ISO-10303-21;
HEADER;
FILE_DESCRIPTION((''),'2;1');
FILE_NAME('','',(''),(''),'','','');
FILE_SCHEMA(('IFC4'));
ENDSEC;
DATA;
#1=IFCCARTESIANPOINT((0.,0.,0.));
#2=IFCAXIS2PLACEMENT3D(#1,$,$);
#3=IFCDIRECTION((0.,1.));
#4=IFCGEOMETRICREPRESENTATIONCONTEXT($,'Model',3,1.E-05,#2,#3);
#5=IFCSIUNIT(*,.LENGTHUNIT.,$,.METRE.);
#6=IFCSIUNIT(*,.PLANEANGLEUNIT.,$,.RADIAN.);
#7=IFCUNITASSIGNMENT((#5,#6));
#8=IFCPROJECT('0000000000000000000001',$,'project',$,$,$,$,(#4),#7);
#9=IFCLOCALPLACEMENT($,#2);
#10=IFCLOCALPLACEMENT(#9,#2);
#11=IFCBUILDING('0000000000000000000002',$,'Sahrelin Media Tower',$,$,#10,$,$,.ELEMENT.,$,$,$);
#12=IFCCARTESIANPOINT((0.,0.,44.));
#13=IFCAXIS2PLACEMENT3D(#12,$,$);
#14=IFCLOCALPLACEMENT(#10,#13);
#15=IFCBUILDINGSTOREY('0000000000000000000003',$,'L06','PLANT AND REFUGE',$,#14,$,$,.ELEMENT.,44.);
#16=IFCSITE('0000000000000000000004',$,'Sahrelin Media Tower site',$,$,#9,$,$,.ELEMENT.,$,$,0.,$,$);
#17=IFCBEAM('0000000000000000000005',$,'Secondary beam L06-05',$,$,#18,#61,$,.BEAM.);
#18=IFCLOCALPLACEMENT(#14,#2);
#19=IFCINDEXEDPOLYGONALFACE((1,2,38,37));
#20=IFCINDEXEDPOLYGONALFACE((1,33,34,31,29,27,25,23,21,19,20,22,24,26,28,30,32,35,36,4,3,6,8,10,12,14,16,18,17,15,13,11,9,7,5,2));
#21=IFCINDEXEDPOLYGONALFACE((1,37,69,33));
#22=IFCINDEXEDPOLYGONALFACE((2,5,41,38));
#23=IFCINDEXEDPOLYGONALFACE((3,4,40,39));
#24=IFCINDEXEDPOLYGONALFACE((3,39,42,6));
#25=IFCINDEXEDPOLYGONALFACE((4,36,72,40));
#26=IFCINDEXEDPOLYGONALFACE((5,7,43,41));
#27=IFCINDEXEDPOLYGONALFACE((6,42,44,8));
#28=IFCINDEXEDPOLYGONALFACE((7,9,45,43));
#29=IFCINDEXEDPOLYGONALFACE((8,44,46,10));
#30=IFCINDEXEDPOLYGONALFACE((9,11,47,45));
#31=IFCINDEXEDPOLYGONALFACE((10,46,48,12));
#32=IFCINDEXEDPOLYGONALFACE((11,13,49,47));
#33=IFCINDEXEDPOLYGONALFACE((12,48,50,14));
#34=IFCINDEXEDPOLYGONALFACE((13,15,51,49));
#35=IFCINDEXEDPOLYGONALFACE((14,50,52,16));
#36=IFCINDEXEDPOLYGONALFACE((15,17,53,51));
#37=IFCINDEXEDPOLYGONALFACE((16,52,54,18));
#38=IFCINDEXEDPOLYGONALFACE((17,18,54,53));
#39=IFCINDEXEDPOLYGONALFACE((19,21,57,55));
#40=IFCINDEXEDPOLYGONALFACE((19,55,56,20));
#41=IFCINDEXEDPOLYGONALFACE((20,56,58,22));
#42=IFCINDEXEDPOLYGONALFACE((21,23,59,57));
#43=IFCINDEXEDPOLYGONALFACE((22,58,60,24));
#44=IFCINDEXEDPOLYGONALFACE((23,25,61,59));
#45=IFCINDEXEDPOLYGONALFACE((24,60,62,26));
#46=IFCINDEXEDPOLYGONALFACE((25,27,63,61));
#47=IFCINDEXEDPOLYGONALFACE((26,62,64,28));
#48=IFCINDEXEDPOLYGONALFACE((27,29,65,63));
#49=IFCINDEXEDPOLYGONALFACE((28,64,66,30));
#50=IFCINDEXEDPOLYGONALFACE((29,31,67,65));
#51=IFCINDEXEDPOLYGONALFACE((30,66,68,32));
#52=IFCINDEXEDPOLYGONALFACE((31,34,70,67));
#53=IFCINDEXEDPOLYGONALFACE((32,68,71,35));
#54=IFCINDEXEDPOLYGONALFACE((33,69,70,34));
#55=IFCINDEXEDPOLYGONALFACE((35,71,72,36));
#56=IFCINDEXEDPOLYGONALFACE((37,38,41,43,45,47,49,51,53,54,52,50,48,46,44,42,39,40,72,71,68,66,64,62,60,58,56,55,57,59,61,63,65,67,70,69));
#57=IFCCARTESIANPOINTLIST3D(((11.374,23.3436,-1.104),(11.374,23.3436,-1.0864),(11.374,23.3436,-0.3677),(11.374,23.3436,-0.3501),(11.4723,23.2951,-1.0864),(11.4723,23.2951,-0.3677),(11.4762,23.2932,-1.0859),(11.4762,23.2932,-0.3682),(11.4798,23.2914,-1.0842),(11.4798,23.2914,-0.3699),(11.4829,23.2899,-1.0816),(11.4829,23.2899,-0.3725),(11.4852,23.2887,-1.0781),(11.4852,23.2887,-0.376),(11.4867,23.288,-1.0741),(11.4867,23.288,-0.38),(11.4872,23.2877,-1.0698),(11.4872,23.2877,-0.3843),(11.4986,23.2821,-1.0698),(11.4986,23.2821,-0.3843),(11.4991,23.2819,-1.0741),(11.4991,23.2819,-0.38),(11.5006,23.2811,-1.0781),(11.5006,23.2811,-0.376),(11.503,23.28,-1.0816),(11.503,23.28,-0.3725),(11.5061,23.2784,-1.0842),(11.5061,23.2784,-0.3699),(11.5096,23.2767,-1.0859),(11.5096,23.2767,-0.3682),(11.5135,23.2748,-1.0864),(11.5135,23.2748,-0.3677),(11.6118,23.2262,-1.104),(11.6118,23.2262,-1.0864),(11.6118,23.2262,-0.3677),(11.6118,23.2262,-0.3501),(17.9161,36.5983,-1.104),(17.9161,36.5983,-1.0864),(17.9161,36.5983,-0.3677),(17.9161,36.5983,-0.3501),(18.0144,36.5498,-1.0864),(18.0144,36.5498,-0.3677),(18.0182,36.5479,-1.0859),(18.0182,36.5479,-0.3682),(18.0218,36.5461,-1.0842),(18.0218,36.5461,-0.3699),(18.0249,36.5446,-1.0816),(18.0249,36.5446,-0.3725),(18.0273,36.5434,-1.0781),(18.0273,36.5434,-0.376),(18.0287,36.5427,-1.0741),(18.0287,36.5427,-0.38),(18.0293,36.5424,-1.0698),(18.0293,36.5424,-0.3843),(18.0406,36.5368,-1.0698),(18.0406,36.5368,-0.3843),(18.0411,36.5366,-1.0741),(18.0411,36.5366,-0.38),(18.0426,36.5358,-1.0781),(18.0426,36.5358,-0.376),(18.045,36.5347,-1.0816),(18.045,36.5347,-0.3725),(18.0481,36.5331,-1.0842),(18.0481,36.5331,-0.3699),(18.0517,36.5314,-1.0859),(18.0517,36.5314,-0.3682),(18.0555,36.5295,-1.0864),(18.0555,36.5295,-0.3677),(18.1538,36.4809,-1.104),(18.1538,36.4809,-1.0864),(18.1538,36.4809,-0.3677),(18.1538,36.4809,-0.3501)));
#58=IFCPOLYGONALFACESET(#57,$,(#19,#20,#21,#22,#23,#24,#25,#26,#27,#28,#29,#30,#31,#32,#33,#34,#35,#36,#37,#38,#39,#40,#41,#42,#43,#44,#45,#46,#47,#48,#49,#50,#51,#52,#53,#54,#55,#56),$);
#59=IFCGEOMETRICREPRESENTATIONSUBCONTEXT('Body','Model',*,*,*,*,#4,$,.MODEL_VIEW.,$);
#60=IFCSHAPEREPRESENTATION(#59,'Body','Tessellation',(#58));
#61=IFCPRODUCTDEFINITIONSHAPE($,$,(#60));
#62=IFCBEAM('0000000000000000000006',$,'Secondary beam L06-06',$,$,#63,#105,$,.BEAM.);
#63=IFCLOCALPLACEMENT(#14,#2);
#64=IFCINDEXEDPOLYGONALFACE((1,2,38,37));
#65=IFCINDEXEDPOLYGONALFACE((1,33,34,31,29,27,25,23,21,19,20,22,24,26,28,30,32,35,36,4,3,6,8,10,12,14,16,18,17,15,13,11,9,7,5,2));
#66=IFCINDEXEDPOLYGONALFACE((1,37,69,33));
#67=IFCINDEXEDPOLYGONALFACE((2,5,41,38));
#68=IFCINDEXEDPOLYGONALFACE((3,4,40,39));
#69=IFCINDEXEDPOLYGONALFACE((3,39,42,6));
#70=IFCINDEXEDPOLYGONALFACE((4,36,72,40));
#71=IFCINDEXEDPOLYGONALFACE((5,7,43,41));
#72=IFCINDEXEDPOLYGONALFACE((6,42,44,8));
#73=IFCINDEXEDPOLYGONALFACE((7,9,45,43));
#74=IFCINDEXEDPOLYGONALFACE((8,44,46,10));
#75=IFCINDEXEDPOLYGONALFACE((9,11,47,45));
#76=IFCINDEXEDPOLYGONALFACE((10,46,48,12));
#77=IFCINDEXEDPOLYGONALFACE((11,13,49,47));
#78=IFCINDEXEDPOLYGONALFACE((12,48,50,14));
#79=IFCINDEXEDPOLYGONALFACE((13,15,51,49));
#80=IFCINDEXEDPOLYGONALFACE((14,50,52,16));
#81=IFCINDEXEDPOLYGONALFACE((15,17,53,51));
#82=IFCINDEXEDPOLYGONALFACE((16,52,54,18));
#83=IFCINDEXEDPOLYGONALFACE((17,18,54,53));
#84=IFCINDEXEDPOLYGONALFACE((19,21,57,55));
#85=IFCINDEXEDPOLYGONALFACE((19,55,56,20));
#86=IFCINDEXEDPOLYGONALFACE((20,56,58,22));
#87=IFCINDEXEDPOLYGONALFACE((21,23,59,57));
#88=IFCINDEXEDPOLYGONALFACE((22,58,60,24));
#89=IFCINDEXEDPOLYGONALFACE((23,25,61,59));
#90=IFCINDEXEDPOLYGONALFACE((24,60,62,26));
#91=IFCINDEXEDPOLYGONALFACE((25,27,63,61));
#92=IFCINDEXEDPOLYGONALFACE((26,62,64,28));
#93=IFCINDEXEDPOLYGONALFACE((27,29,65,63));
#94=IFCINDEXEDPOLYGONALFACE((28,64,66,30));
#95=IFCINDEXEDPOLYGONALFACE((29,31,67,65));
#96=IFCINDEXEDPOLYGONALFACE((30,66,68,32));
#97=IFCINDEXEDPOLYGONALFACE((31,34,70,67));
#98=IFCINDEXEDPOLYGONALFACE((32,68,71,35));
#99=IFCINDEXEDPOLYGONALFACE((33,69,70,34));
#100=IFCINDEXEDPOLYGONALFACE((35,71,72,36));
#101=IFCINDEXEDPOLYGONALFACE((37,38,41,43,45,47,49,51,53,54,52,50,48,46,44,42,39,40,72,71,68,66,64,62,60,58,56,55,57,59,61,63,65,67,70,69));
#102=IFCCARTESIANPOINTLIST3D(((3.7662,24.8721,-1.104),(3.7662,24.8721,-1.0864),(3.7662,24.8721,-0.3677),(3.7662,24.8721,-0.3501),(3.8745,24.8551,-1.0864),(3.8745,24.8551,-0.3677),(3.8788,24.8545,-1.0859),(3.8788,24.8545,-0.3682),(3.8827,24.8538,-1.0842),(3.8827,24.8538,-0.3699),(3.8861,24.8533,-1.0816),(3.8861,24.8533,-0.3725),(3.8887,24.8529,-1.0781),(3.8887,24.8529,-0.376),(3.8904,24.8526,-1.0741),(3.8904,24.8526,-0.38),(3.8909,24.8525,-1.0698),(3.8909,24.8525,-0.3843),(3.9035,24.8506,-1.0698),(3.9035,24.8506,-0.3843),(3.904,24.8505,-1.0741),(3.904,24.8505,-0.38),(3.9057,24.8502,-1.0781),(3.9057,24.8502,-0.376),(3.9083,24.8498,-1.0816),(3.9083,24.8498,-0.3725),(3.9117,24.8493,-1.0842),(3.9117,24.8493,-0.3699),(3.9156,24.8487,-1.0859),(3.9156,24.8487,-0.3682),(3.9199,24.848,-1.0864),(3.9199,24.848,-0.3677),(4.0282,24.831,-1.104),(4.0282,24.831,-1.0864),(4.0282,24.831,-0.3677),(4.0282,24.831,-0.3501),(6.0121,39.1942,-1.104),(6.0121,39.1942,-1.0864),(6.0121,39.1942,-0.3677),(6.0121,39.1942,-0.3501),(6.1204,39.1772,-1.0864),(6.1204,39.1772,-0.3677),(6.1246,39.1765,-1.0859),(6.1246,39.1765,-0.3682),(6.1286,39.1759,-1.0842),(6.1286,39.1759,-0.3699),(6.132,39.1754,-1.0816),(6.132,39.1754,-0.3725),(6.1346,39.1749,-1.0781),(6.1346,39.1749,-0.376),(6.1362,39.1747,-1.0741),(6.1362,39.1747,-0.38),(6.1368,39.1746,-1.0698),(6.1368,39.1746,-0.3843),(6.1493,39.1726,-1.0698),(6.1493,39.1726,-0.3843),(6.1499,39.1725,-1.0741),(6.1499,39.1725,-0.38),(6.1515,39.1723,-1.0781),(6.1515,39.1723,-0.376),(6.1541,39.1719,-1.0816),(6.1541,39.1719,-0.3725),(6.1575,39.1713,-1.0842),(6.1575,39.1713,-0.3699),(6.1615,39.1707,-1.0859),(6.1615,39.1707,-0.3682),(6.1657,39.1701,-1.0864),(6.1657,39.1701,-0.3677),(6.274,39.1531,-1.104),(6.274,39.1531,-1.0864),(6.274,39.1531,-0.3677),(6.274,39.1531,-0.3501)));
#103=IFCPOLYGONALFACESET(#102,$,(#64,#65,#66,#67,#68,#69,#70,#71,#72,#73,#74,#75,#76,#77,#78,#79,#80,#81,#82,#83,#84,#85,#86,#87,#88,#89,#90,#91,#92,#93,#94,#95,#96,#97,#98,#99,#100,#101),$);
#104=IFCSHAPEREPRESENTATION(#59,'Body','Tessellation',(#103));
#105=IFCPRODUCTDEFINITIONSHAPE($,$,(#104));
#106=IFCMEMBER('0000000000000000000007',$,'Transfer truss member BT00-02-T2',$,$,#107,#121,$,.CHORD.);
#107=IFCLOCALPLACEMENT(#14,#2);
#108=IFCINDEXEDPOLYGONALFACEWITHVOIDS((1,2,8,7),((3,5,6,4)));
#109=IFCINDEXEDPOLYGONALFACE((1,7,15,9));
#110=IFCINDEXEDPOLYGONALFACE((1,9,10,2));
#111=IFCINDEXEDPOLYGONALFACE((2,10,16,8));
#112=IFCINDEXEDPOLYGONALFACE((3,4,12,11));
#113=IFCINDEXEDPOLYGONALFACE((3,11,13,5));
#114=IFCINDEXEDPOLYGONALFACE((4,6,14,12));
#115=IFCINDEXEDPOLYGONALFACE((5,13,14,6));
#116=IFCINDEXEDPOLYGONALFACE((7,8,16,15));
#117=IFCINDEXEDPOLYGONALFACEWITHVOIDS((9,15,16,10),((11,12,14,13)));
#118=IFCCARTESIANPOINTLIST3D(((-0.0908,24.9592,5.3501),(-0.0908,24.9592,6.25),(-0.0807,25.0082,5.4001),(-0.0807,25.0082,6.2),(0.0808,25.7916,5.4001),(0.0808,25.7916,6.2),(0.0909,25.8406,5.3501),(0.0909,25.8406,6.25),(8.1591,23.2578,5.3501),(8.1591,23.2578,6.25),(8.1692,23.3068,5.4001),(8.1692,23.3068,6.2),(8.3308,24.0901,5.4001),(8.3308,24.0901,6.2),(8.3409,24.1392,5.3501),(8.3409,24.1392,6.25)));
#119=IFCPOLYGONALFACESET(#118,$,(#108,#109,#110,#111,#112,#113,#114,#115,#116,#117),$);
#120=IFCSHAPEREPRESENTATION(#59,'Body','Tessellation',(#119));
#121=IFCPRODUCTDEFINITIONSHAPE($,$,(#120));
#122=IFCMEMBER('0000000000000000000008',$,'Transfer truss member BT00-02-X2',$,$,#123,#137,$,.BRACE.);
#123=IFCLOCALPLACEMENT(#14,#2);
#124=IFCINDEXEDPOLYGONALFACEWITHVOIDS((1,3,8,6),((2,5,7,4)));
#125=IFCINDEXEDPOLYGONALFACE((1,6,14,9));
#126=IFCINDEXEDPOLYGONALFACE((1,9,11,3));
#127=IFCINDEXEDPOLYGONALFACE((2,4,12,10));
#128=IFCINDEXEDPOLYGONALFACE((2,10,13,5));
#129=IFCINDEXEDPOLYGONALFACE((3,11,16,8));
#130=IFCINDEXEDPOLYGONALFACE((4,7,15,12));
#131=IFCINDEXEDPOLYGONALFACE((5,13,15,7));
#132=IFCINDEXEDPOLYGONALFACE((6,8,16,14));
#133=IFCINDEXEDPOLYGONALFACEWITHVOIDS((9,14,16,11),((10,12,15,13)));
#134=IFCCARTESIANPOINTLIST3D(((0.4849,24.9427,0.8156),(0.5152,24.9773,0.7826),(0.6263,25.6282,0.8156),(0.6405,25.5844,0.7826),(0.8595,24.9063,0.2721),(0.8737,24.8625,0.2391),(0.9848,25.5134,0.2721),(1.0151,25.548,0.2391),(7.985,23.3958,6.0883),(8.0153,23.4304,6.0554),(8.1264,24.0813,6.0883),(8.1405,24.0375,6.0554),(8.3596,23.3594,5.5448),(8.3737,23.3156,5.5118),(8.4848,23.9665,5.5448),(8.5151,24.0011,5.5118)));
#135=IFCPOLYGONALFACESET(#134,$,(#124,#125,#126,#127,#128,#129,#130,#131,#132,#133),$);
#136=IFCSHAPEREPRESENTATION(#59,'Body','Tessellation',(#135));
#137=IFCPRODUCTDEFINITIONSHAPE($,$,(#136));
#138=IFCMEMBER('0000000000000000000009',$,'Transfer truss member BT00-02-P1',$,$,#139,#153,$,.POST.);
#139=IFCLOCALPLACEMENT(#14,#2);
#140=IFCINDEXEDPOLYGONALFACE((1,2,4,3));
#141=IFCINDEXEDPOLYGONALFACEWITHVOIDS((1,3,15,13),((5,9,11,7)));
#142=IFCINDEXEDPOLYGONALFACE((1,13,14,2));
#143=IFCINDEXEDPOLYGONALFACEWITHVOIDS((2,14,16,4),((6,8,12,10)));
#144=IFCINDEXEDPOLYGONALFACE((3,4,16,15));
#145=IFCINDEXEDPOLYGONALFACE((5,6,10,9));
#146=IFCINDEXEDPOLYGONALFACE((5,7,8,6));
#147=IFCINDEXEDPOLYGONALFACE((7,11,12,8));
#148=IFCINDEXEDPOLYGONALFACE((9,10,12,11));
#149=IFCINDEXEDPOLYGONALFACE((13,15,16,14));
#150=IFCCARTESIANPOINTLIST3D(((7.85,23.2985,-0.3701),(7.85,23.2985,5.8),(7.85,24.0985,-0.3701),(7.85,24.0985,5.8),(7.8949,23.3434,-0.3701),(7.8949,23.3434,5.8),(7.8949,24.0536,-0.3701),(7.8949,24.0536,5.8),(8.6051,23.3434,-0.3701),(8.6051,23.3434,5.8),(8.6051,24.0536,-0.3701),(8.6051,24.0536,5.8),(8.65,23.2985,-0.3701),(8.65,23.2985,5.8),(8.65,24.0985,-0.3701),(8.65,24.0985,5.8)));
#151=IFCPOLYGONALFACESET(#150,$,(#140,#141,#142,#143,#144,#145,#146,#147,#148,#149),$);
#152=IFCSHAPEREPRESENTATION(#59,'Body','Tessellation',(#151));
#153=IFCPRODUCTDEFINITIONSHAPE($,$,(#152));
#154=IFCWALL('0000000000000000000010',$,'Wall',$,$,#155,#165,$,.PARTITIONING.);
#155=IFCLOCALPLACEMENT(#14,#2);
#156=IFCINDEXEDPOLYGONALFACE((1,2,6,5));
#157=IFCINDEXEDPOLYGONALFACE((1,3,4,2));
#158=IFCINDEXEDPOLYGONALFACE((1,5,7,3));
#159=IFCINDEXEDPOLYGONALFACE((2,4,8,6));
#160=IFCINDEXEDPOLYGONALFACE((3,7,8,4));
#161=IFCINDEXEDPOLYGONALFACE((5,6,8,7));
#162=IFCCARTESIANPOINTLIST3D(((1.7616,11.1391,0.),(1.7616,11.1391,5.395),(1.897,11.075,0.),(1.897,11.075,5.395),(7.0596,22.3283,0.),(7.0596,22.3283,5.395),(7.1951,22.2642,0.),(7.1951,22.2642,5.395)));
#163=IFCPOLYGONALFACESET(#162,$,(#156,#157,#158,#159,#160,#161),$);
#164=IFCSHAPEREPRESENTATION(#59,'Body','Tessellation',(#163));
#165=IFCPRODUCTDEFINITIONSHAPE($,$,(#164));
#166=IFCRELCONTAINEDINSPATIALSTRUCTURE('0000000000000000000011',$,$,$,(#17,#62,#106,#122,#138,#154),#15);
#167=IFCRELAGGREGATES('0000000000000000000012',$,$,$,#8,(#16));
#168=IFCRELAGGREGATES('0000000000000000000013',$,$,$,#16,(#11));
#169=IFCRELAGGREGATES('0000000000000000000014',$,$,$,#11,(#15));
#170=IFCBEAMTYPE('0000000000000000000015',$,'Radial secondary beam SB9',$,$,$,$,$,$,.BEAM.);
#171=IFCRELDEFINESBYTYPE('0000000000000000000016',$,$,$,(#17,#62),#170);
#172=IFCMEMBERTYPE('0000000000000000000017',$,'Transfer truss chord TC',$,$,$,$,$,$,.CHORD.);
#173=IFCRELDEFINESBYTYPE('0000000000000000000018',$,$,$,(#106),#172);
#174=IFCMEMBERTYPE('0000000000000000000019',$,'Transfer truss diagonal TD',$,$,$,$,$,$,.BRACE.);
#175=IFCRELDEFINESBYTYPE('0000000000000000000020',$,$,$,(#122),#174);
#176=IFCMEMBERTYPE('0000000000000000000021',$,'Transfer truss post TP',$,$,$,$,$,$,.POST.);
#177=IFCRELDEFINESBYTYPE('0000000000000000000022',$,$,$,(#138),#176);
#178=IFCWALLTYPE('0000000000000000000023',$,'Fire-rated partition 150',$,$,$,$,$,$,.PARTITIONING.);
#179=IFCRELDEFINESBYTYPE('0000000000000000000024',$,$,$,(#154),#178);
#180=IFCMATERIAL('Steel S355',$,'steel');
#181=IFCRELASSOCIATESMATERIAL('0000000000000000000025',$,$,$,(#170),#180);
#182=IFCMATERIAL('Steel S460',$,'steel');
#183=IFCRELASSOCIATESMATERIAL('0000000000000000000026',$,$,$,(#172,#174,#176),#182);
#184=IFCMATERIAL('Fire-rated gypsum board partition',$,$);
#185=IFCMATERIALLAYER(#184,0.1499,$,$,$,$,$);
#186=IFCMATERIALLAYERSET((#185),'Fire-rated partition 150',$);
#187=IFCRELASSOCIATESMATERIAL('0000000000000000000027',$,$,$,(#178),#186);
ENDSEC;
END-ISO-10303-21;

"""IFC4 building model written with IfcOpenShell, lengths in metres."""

from ifc_helpers import new_model, si_unit, direction, frame, frame_2d, origin, origin_2d, place, context, subcontext, project, spatial, rectangle, hollow_rectangle, i_section, extrude, material, layer, layer_set, material_profile, profile_set, type_object, element, save


model = new_model("IFC4")

# Units and contexts
model_context = context("Model", 3, precision=1e-05, world=origin(), true_north=direction((0.0, 1.0)))
body_context = subcontext(model_context, "Body", "Model", "MODEL_VIEW")
ifc_project = project(units=[si_unit("LENGTHUNIT", "METRE"), si_unit("PLANEANGLEUNIT", "RADIAN")], contexts=[model_context])

# Site, building, storey
site_placement = place(None, origin())
site = spatial("IfcSite", under=ifc_project, at=site_placement, Name="Sahrelin Media Tower site", CompositionType="ELEMENT", RefElevation=0.0)
building_placement = place(site_placement, origin())
building = spatial("IfcBuilding", under=site, at=building_placement, Name="Sahrelin Media Tower", CompositionType="ELEMENT")
storey_placement = place(building_placement, frame((0.0, 0.0, 44.0)))
storey = spatial("IfcBuildingStorey", under=building, at=storey_placement, Name="L06", Description="PLANT AND REFUGE", CompositionType="ELEMENT", Elevation=44.0)

# Shared definitions
ifc_material_1 = material(Name="Steel S460", Category="steel")

# Beams
ifc_material_2 = material(Name="Steel S355", Category="steel")
ifc_material_profile_1 = material_profile(ifc_material_2, i_section(OverallWidth=0.2651, OverallDepth=0.7539, WebThickness=0.0127, FlangeThickness=0.0176, FilletRadius=0.0166, at=origin_2d()), Name="UB 762x267x147")
ifc_profile_set_1 = profile_set([ifc_material_profile_1], Name="Steel S355")
beam_type_1 = type_object("IfcBeamType", Name="Radial secondary beam SB9", PredefinedType="BEAM", material=ifc_profile_set_1)
beam_1_placement = place(storey_placement, frame((11.4929, 23.2849, -0.7271), z_axis=(0.442589, 0.896724, 0.0), x_axis=(-0.896724, 0.442589, 0.0)))
element("IfcBeam", 1, at=beam_1_placement, inside=storey, type_object=beam_type_1, Name="Secondary beam L06-05", PredefinedType="BEAM", context=body_context, shape_type="SweptSolid", body=[
    extrude(i_section(OverallWidth=0.2651, OverallDepth=0.7539, WebThickness=0.0127, FlangeThickness=0.0176, FilletRadius=0.0166, at=origin_2d()), origin(), (0.0, 0.0, 1.0), 14.7812),
])
beam_2_placement = place(storey_placement, frame((3.8972, 24.8516, -0.7271), z_axis=(0.154918, 0.987927, 0.0), x_axis=(-0.987927, 0.154918, 0.0)))
element("IfcBeam", 2, at=beam_2_placement, inside=storey, type_object=beam_type_1, Name="Secondary beam L06-06", PredefinedType="BEAM", context=body_context, shape_type="SweptSolid", body=[
    extrude(i_section(OverallWidth=0.2651, OverallDepth=0.7539, WebThickness=0.0127, FlangeThickness=0.0176, FilletRadius=0.0166, at=origin_2d()), origin(), (0.0, 0.0, 1.0), 14.4971),
])

# Members
ifc_material_profile_2 = material_profile(ifc_material_1, hollow_rectangle(XDim=0.8999, YDim=0.8999, WallThickness=0.05, at=origin_2d()), Name="Transfer truss chord TC")
ifc_profile_set_2 = profile_set([ifc_material_profile_2], Name="Steel S460")
member_type_1 = type_object("IfcMemberType", Name="Transfer truss chord TC", PredefinedType="CHORD", material=ifc_profile_set_2)
member_1_placement = place(storey_placement, frame((8.25, 23.6985, 5.8), z_axis=(-0.979389, 0.201982, 0.0), x_axis=(-0.201982, -0.979389, 0.0)))
element("IfcMember", 3, at=member_1_placement, inside=storey, type_object=member_type_1, Name="Transfer truss member BT00-02-T2", PredefinedType="CHORD", context=body_context, shape_type="SweptSolid", body=[
    extrude(hollow_rectangle(XDim=0.8999, YDim=0.8999, WallThickness=0.05, at=origin_2d()), origin(), (0.0, 0.0, 1.0), 8.4236),
])
ifc_material_profile_3 = material_profile(ifc_material_1, hollow_rectangle(XDim=0.7, YDim=0.7, WallThickness=0.04, at=origin_2d()), Name="Transfer truss diagonal TD")
ifc_profile_set_3 = profile_set([ifc_material_profile_3], Name="Steel S460")
member_type_2 = type_object("IfcMemberType", Name="Transfer truss diagonal TD", PredefinedType="BRACE", material=ifc_profile_set_3)
member_2_placement = place(storey_placement, frame((0.75, 25.2454, 0.5273), z_axis=(0.806665, -0.166375, 0.567108), x_axis=(0.201998, 0.979386, 0.0)))
element("IfcMember", 4, at=member_2_placement, inside=storey, type_object=member_type_2, Name="Transfer truss member BT00-02-X2", PredefinedType="BRACE", context=body_context, shape_type="SweptSolid", body=[
    extrude(hollow_rectangle(XDim=0.7, YDim=0.7, WallThickness=0.04, at=origin_2d()), origin(), (0.0, 0.0, 1.0), 9.2976),
])
ifc_material_profile_4 = material_profile(ifc_material_1, hollow_rectangle(XDim=0.8, YDim=0.8, WallThickness=0.0449, at=origin_2d()), Name="Transfer truss post TP")
ifc_profile_set_4 = profile_set([ifc_material_profile_4], Name="Steel S460")
member_type_3 = type_object("IfcMemberType", Name="Transfer truss post TP", PredefinedType="POST", material=ifc_profile_set_4)
member_3_placement = place(storey_placement, frame((8.25, 23.6985, -0.3701), z_axis=(0.0, 0.0, 1.0), x_axis=(1.0, 0.0, 0.0)))
element("IfcMember", 5, at=member_3_placement, inside=storey, type_object=member_type_3, Name="Transfer truss member BT00-02-P1", PredefinedType="POST", context=body_context, shape_type="SweptSolid", body=[
    extrude(hollow_rectangle(XDim=0.8, YDim=0.8, WallThickness=0.0449, at=origin_2d()), origin(), (0.0, 0.0, 1.0), 6.1702),
])

# Wall
ifc_material_3 = material(Name="Fire-rated gypsum board partition")
ifc_layer_1 = layer(ifc_material_3, 0.1499)
ifc_layer_set_1 = layer_set([ifc_layer_1], Name="Fire-rated partition 150")
wall_type_1 = type_object("IfcWallType", Name="Fire-rated partition 150", PredefinedType="PARTITIONING", material=ifc_layer_set_1)
wall_1_placement = place(storey_placement, frame((1.8293, 11.1072, 0.0), z_axis=(0.0, 0.0, 1.0), x_axis=(0.427951, 0.903802, 0.0)))
element("IfcWall", 6, at=wall_1_placement, inside=storey, type_object=wall_type_1, Name="Wall", PredefinedType="PARTITIONING", context=body_context, shape_type="SweptSolid", body=[
    extrude(rectangle(XDim=12.3801, YDim=0.1499, at=frame_2d((6.1899, 0.0))), origin(), (0.0, 0.0, 1.0), 5.395),
])

save(model, "model.ifc")
